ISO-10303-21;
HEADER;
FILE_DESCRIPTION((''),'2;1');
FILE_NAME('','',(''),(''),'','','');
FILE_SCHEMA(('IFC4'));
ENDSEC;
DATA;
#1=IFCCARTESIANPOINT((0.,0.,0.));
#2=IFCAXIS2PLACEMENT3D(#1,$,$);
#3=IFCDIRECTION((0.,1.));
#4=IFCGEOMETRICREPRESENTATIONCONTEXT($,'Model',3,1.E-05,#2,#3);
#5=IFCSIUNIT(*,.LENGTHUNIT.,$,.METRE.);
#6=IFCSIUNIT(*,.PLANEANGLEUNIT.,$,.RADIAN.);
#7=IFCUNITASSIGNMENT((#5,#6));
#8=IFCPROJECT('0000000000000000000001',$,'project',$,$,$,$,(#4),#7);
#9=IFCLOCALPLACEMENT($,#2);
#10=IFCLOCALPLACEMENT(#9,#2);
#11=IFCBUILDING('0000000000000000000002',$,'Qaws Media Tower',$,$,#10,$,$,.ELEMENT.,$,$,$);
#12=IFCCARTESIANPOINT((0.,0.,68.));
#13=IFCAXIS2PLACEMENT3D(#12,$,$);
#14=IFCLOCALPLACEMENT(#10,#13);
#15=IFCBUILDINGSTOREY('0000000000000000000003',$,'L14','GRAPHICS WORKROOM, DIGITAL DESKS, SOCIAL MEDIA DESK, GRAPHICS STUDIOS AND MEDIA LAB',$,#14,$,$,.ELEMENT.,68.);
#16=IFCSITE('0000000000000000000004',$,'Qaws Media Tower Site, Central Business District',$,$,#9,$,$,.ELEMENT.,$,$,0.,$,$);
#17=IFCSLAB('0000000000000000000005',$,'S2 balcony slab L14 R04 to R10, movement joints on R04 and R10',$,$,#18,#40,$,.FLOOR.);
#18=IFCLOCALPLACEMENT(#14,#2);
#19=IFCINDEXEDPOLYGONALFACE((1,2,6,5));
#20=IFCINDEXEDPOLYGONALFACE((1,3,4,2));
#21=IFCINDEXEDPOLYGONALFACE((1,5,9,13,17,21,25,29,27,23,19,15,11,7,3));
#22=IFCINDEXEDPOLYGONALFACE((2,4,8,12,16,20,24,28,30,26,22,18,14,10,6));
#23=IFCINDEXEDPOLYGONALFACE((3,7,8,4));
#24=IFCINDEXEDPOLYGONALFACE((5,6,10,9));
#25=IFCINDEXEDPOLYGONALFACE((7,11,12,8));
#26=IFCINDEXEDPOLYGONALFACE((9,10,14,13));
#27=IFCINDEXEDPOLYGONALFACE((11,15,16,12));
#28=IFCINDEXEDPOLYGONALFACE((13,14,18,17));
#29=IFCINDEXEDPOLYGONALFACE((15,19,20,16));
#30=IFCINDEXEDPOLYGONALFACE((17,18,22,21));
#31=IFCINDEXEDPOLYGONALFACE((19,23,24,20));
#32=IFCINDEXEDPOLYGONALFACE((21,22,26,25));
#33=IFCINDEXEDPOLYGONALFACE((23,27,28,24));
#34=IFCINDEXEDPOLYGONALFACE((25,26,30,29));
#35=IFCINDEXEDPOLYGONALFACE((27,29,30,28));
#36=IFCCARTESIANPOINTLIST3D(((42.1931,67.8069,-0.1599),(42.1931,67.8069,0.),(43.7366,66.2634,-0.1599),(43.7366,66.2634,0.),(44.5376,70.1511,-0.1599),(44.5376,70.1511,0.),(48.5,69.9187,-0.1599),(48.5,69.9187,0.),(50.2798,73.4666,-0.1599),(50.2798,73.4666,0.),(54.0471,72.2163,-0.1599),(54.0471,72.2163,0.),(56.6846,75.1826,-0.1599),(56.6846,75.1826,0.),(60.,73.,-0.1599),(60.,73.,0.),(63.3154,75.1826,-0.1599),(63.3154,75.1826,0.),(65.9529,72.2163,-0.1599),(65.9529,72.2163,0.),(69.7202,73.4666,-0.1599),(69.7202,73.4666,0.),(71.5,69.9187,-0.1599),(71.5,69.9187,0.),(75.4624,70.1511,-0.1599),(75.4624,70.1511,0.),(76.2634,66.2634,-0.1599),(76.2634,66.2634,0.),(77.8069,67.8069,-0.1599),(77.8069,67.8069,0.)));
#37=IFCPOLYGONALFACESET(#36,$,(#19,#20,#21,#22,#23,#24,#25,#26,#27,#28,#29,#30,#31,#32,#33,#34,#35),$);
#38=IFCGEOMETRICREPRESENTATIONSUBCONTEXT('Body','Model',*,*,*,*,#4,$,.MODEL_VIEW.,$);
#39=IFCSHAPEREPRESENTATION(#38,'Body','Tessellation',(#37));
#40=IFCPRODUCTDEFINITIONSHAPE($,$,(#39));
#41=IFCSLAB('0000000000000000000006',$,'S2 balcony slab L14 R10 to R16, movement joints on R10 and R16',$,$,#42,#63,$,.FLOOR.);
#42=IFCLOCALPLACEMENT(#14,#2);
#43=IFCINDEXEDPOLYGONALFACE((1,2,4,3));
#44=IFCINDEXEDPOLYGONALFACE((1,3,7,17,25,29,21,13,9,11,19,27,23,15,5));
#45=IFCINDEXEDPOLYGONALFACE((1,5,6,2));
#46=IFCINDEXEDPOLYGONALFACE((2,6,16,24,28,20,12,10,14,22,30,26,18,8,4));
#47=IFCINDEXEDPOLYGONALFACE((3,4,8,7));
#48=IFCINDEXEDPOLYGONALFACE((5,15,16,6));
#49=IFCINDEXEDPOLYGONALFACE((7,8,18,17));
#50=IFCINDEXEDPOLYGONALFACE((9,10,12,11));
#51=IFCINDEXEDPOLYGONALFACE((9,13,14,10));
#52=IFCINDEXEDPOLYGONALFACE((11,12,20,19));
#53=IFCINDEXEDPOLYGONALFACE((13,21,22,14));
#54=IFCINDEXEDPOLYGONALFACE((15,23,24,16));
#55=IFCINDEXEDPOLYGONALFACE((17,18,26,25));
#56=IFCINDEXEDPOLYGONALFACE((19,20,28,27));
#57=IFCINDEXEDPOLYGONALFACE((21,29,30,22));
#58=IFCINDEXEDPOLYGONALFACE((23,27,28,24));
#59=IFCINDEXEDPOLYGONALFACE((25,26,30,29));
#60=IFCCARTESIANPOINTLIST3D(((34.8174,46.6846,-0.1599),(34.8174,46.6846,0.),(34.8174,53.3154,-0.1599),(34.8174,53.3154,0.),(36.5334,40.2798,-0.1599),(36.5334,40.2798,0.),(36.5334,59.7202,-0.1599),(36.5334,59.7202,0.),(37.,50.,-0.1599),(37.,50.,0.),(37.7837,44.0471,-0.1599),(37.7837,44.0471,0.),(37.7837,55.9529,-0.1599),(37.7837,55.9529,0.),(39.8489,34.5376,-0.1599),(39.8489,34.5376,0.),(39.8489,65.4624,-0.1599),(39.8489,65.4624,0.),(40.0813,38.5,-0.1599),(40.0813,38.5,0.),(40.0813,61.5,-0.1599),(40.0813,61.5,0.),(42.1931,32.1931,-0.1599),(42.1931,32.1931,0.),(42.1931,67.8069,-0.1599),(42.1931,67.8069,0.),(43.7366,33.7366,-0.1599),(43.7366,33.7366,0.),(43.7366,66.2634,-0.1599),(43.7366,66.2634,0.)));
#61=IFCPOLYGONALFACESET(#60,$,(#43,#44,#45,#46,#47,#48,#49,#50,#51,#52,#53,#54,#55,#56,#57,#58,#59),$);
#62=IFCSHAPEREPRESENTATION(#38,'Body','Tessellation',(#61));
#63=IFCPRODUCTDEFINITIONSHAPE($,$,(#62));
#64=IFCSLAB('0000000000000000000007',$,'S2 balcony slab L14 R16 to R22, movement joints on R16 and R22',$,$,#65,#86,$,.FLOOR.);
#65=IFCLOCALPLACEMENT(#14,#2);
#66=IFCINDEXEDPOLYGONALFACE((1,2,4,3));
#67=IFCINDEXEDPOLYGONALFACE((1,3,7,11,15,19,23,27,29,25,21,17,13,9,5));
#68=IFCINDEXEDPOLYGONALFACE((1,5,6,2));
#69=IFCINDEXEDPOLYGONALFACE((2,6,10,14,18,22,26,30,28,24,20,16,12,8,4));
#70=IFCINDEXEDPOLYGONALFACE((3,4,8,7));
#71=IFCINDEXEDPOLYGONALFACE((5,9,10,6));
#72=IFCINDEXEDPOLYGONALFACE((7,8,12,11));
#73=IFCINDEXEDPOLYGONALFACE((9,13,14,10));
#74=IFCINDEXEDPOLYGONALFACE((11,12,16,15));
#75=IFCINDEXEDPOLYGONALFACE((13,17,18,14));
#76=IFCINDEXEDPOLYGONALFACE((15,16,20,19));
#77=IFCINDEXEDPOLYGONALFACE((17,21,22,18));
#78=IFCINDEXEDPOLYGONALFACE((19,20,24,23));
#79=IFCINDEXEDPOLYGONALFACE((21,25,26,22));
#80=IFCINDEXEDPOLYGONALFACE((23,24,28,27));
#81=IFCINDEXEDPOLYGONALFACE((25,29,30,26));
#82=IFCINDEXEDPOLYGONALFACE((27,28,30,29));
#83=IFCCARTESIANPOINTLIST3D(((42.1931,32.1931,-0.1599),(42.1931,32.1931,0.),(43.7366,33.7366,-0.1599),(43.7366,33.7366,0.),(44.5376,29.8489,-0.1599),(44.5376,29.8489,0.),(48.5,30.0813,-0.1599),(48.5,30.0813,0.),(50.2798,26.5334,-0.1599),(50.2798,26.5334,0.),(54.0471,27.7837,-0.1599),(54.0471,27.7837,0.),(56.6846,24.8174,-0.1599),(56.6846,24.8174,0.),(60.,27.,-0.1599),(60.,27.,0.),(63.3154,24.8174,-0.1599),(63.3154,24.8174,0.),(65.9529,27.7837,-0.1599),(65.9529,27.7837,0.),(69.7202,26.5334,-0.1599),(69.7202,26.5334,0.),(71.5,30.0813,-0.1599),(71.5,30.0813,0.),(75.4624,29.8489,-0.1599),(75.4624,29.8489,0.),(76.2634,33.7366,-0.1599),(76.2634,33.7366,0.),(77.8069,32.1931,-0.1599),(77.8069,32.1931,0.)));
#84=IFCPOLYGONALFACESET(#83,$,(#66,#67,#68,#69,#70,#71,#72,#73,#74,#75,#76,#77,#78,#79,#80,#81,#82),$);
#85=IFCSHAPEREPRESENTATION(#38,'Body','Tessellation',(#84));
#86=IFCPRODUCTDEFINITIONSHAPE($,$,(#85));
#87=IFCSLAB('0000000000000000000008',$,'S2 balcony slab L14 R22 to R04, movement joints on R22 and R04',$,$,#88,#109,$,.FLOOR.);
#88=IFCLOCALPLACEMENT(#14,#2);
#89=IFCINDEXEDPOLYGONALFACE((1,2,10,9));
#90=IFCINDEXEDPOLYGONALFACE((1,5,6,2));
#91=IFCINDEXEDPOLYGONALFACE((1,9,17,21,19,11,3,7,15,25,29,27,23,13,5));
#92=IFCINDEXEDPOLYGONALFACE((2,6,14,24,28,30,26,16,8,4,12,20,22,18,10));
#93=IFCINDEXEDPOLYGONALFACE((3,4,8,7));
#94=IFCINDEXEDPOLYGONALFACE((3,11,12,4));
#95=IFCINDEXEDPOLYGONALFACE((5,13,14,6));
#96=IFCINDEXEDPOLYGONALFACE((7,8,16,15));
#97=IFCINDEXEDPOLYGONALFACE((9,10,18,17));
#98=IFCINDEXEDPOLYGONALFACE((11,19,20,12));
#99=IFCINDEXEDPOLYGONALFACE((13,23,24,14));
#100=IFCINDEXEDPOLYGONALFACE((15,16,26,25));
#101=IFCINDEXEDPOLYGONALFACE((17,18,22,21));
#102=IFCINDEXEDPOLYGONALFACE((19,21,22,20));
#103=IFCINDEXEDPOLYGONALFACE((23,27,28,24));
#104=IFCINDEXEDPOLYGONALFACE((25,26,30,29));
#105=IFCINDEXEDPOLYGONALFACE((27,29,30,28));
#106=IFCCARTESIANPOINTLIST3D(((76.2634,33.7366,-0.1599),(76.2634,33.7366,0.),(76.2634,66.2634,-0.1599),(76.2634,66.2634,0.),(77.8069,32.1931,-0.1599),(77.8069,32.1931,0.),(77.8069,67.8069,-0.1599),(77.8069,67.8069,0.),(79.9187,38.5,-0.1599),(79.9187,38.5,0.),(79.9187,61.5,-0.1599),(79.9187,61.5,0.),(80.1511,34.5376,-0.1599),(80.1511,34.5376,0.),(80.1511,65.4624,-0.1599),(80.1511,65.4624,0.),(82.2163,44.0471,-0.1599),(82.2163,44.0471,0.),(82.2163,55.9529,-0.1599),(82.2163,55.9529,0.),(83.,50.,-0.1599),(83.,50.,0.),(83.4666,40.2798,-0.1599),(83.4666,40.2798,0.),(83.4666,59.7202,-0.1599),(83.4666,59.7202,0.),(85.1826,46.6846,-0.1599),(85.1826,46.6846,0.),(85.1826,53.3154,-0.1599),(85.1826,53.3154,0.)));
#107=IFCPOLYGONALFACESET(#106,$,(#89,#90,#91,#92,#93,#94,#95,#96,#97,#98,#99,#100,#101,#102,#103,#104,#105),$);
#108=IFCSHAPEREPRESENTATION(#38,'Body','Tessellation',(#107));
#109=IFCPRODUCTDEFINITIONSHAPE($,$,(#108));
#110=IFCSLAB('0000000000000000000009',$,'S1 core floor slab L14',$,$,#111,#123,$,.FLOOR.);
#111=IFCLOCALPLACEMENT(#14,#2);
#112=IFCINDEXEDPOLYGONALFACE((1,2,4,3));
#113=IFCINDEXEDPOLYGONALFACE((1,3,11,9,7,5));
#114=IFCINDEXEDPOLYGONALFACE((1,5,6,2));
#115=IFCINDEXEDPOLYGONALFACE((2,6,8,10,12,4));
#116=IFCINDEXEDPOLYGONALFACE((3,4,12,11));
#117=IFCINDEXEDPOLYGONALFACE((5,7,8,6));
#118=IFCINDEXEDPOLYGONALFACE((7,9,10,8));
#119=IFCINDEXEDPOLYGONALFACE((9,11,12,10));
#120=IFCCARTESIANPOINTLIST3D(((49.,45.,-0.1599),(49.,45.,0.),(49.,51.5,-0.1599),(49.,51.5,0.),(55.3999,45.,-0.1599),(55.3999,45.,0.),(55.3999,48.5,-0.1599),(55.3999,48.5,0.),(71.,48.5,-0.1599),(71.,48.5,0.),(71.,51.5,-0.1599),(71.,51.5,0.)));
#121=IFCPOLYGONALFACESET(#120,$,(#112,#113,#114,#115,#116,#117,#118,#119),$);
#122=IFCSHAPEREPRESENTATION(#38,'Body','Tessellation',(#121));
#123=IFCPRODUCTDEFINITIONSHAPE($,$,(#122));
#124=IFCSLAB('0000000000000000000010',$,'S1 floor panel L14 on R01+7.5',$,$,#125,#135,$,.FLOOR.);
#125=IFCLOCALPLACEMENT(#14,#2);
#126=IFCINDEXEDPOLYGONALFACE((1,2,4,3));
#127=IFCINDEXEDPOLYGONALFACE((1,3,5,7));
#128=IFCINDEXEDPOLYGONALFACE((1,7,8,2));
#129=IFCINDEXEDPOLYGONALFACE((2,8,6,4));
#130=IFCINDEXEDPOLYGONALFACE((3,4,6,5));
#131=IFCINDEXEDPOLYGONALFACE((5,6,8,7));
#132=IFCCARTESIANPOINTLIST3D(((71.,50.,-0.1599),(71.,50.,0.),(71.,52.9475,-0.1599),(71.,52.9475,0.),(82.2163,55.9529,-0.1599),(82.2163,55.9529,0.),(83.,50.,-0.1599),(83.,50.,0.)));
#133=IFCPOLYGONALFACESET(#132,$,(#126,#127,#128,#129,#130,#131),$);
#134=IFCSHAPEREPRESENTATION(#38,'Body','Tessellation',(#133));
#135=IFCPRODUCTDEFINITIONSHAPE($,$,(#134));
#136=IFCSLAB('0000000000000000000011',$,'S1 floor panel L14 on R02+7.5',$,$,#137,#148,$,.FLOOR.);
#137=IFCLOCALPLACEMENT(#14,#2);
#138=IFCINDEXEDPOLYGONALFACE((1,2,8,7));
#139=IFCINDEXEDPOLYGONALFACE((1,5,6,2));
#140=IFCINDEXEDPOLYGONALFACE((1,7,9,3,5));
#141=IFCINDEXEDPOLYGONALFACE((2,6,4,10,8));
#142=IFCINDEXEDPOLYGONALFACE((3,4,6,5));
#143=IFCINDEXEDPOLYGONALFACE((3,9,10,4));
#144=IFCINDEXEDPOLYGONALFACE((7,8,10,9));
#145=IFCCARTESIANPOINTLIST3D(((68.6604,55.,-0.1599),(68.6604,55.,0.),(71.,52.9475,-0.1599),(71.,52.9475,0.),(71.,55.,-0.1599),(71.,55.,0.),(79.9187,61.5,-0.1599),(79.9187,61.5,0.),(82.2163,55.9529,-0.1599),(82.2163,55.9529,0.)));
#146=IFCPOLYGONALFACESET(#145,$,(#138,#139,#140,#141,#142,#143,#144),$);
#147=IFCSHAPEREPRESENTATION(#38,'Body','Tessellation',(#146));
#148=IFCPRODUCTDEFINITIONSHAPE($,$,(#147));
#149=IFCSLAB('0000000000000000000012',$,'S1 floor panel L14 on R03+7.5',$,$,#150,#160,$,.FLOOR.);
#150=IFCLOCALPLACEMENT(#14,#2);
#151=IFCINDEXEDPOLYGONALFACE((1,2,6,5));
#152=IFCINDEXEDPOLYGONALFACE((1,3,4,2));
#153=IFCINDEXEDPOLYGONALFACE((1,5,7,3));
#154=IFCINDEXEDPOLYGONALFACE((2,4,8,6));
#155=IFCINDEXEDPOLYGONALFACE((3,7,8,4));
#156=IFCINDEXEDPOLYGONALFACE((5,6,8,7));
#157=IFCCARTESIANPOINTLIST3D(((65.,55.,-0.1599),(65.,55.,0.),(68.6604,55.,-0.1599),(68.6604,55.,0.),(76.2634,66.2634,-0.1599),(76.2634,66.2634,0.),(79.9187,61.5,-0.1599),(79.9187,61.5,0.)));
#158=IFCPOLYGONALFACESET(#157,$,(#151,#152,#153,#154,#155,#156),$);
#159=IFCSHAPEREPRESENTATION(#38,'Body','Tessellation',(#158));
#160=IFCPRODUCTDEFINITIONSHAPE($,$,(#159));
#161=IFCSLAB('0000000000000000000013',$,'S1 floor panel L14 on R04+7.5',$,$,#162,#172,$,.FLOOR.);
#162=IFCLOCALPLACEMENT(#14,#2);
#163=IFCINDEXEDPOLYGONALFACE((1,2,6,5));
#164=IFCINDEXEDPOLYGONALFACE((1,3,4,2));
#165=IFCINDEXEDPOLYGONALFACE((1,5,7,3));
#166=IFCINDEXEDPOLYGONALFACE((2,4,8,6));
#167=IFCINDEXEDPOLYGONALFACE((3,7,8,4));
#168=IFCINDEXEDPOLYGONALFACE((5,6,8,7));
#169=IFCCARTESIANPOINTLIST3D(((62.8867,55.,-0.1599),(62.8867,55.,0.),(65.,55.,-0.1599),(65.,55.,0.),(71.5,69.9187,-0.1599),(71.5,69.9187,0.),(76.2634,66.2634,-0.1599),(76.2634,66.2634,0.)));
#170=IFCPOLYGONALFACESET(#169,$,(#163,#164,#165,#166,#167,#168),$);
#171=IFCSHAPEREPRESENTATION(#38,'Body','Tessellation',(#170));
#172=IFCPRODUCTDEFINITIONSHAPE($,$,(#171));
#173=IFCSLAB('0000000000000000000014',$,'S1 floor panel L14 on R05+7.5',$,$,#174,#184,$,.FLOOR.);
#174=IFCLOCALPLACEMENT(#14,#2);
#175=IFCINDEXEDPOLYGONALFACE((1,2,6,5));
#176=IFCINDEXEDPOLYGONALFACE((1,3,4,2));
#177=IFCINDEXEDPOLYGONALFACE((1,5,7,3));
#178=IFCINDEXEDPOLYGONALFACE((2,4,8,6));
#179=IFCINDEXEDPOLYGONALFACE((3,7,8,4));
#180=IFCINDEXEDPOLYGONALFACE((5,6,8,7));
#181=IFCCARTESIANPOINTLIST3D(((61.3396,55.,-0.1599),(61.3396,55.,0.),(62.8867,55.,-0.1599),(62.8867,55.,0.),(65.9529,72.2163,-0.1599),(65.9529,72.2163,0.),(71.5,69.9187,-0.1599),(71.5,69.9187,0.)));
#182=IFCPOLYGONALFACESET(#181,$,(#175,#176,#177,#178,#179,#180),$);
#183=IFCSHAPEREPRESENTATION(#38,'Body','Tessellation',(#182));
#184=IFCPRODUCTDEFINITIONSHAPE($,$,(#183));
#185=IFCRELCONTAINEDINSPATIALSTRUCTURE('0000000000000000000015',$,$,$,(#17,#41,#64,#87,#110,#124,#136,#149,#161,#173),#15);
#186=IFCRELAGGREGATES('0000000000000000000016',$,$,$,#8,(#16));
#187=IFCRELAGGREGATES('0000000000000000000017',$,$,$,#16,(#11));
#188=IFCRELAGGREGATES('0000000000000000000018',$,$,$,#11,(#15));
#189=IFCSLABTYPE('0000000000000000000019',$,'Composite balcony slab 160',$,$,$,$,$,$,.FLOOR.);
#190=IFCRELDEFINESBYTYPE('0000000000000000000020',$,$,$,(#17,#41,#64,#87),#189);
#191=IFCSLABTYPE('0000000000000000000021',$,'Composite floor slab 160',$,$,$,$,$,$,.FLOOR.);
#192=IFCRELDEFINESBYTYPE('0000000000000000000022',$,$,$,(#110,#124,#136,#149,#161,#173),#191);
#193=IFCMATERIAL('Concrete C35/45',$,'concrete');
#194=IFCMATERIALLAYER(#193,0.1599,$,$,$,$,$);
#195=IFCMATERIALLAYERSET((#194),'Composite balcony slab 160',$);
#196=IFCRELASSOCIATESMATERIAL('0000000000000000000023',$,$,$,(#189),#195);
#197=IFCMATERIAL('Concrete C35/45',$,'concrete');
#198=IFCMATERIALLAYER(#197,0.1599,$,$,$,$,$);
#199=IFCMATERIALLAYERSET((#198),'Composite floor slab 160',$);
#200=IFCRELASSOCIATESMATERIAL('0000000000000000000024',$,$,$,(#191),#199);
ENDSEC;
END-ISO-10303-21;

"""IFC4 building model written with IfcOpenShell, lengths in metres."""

from ifc_helpers import new_model, si_unit, direction, frame, origin, place, context, subcontext, project, spatial, polyline, outline, extrude, material, layer, layer_set, type_object, element, save


model = new_model("IFC4")

# Units and contexts
model_context = context("Model", 3, precision=1e-05, world=origin(), true_north=direction((0.0, 1.0)))
body_context = subcontext(model_context, "Body", "Model", "MODEL_VIEW")
ifc_project = project(units=[si_unit("LENGTHUNIT", "METRE"), si_unit("PLANEANGLEUNIT", "RADIAN")], contexts=[model_context])

# Site, building, storey
site_placement = place(None, origin())
site = spatial("IfcSite", under=ifc_project, at=site_placement, Name="Qaws Media Tower Site, Central Business District", CompositionType="ELEMENT", RefElevation=0.0)
building_placement = place(site_placement, origin())
building = spatial("IfcBuilding", under=site, at=building_placement, Name="Qaws Media Tower", CompositionType="ELEMENT")
storey_placement = place(building_placement, frame((0.0, 0.0, 68.0)))
storey = spatial("IfcBuildingStorey", under=building, at=storey_placement, Name="L14", Description="GRAPHICS WORKROOM, DIGITAL DESKS, SOCIAL MEDIA DESK, GRAPHICS STUDIOS AND MEDIA LAB", CompositionType="ELEMENT", Elevation=68.0)

# Slabs
ifc_material_1 = material(Name="Concrete C35/45", Category="concrete")
ifc_layer_1 = layer(ifc_material_1, 0.1599)
ifc_layer_set_1 = layer_set([ifc_layer_1], Name="Composite balcony slab 160")
slab_type_1 = type_object("IfcSlabType", Name="Composite balcony slab 160", PredefinedType="FLOOR", material=ifc_layer_set_1)
slab_1_placement = place(storey_placement, frame((0.0, 0.0, -0.1599)))
element("IfcSlab", 1, at=slab_1_placement, inside=storey, type_object=slab_type_1, Name="S2 balcony slab L14 R04 to R10, movement joints on R04 and R10", PredefinedType="FLOOR", context=body_context, shape_type="SweptSolid", body=[
    extrude(outline(polyline([(44.5376, 70.1511), (50.2798, 73.4666), (56.6846, 75.1826), (63.3154, 75.1826), (69.7202, 73.4666), (75.4624, 70.1511), (77.8069, 67.8069), (76.2634, 66.2634), (71.5, 69.9187), (65.9529, 72.2163), (60.0, 73.0), (54.0471, 72.2163), (48.5, 69.9187), (43.7366, 66.2634), (42.1931, 67.8069), (44.5376, 70.1511)])), origin(), (0.0, 0.0, 1.0), 0.1599),
])
slab_2_placement = place(storey_placement, frame((0.0, 0.0, -0.1599)))
element("IfcSlab", 2, at=slab_2_placement, inside=storey, type_object=slab_type_1, Name="S2 balcony slab L14 R10 to R16, movement joints on R10 and R16", PredefinedType="FLOOR", context=body_context, shape_type="SweptSolid", body=[
    extrude(outline(polyline([(39.8489, 34.5376), (36.5334, 40.2798), (34.8174, 46.6846), (34.8174, 53.3154), (36.5334, 59.7202), (39.8489, 65.4624), (42.1931, 67.8069), (43.7366, 66.2634), (40.0813, 61.5), (37.7837, 55.9529), (37.0, 50.0), (37.7837, 44.0471), (40.0813, 38.5), (43.7366, 33.7366), (42.1931, 32.1931), (39.8489, 34.5376)])), origin(), (0.0, 0.0, 1.0), 0.1599),
])
slab_3_placement = place(storey_placement, frame((0.0, 0.0, -0.1599)))
element("IfcSlab", 3, at=slab_3_placement, inside=storey, type_object=slab_type_1, Name="S2 balcony slab L14 R16 to R22, movement joints on R16 and R22", PredefinedType="FLOOR", context=body_context, shape_type="SweptSolid", body=[
    extrude(outline(polyline([(75.4624, 29.8489), (69.7202, 26.5334), (63.3154, 24.8174), (56.6846, 24.8174), (50.2798, 26.5334), (44.5376, 29.8489), (42.1931, 32.1931), (43.7366, 33.7366), (48.5, 30.0813), (54.0471, 27.7837), (60.0, 27.0), (65.9529, 27.7837), (71.5, 30.0813), (76.2634, 33.7366), (77.8069, 32.1931), (75.4624, 29.8489)])), origin(), (0.0, 0.0, 1.0), 0.1599),
])
slab_4_placement = place(storey_placement, frame((0.0, 0.0, -0.1599)))
element("IfcSlab", 4, at=slab_4_placement, inside=storey, type_object=slab_type_1, Name="S2 balcony slab L14 R22 to R04, movement joints on R22 and R04", PredefinedType="FLOOR", context=body_context, shape_type="SweptSolid", body=[
    extrude(outline(polyline([(83.4666, 40.2798), (80.1511, 34.5376), (77.8069, 32.1931), (76.2634, 33.7366), (79.9187, 38.5), (82.2163, 44.0471), (83.0, 50.0), (82.2163, 55.9529), (79.9187, 61.5), (76.2634, 66.2634), (77.8069, 67.8069), (80.1511, 65.4624), (83.4666, 59.7202), (85.1826, 53.3154), (85.1826, 46.6846), (83.4666, 40.2798)])), origin(), (0.0, 0.0, 1.0), 0.1599),
])
ifc_material_2 = material(Name="Concrete C35/45", Category="concrete")
ifc_layer_2 = layer(ifc_material_2, 0.1599)
ifc_layer_set_2 = layer_set([ifc_layer_2], Name="Composite floor slab 160")
slab_type_2 = type_object("IfcSlabType", Name="Composite floor slab 160", PredefinedType="FLOOR", material=ifc_layer_set_2)
slab_5_placement = place(storey_placement, frame((0.0, 0.0, -0.1599)))
element("IfcSlab", 5, at=slab_5_placement, inside=storey, type_object=slab_type_2, Name="S1 core floor slab L14", PredefinedType="FLOOR", context=body_context, shape_type="SweptSolid", body=[
    extrude(outline(polyline([(71.0, 51.5), (71.0, 48.5), (55.3999, 48.5), (55.3999, 45.0), (49.0, 45.0), (49.0, 51.5), (71.0, 51.5)])), origin(), (0.0, 0.0, 1.0), 0.1599),
])
slab_6_placement = place(storey_placement, frame((0.0, 0.0, -0.1599)))
element("IfcSlab", 6, at=slab_6_placement, inside=storey, type_object=slab_type_2, Name="S1 floor panel L14 on R01+7.5", PredefinedType="FLOOR", context=body_context, shape_type="SweptSolid", body=[
    extrude(outline(polyline([(82.2163, 55.9529), (83.0, 50.0), (71.0, 50.0), (71.0, 52.9475), (82.2163, 55.9529)])), origin(), (0.0, 0.0, 1.0), 0.1599),
])
slab_7_placement = place(storey_placement, frame((0.0, 0.0, -0.1599)))
element("IfcSlab", 7, at=slab_7_placement, inside=storey, type_object=slab_type_2, Name="S1 floor panel L14 on R02+7.5", PredefinedType="FLOOR", context=body_context, shape_type="SweptSolid", body=[
    extrude(outline(polyline([(82.2163, 55.9529), (71.0, 52.9475), (71.0, 55.0), (68.6604, 55.0), (79.9187, 61.5), (82.2163, 55.9529)])), origin(), (0.0, 0.0, 1.0), 0.1599),
])
slab_8_placement = place(storey_placement, frame((0.0, 0.0, -0.1599)))
element("IfcSlab", 8, at=slab_8_placement, inside=storey, type_object=slab_type_2, Name="S1 floor panel L14 on R03+7.5", PredefinedType="FLOOR", context=body_context, shape_type="SweptSolid", body=[
    extrude(outline(polyline([(79.9187, 61.5), (68.6604, 55.0), (65.0, 55.0), (76.2634, 66.2634), (79.9187, 61.5)])), origin(), (0.0, 0.0, 1.0), 0.1599),
])
slab_9_placement = place(storey_placement, frame((0.0, 0.0, -0.1599)))
element("IfcSlab", 9, at=slab_9_placement, inside=storey, type_object=slab_type_2, Name="S1 floor panel L14 on R04+7.5", PredefinedType="FLOOR", context=body_context, shape_type="SweptSolid", body=[
    extrude(outline(polyline([(71.5, 69.9187), (76.2634, 66.2634), (65.0, 55.0), (62.8867, 55.0), (71.5, 69.9187)])), origin(), (0.0, 0.0, 1.0), 0.1599),
])
slab_10_placement = place(storey_placement, frame((0.0, 0.0, -0.1599)))
element("IfcSlab", 10, at=slab_10_placement, inside=storey, type_object=slab_type_2, Name="S1 floor panel L14 on R05+7.5", PredefinedType="FLOOR", context=body_context, shape_type="SweptSolid", body=[
    extrude(outline(polyline([(71.5, 69.9187), (62.8867, 55.0), (61.3396, 55.0), (65.9529, 72.2163), (71.5, 69.9187)])), origin(), (0.0, 0.0, 1.0), 0.1599),
])

save(model, "model.ifc")
